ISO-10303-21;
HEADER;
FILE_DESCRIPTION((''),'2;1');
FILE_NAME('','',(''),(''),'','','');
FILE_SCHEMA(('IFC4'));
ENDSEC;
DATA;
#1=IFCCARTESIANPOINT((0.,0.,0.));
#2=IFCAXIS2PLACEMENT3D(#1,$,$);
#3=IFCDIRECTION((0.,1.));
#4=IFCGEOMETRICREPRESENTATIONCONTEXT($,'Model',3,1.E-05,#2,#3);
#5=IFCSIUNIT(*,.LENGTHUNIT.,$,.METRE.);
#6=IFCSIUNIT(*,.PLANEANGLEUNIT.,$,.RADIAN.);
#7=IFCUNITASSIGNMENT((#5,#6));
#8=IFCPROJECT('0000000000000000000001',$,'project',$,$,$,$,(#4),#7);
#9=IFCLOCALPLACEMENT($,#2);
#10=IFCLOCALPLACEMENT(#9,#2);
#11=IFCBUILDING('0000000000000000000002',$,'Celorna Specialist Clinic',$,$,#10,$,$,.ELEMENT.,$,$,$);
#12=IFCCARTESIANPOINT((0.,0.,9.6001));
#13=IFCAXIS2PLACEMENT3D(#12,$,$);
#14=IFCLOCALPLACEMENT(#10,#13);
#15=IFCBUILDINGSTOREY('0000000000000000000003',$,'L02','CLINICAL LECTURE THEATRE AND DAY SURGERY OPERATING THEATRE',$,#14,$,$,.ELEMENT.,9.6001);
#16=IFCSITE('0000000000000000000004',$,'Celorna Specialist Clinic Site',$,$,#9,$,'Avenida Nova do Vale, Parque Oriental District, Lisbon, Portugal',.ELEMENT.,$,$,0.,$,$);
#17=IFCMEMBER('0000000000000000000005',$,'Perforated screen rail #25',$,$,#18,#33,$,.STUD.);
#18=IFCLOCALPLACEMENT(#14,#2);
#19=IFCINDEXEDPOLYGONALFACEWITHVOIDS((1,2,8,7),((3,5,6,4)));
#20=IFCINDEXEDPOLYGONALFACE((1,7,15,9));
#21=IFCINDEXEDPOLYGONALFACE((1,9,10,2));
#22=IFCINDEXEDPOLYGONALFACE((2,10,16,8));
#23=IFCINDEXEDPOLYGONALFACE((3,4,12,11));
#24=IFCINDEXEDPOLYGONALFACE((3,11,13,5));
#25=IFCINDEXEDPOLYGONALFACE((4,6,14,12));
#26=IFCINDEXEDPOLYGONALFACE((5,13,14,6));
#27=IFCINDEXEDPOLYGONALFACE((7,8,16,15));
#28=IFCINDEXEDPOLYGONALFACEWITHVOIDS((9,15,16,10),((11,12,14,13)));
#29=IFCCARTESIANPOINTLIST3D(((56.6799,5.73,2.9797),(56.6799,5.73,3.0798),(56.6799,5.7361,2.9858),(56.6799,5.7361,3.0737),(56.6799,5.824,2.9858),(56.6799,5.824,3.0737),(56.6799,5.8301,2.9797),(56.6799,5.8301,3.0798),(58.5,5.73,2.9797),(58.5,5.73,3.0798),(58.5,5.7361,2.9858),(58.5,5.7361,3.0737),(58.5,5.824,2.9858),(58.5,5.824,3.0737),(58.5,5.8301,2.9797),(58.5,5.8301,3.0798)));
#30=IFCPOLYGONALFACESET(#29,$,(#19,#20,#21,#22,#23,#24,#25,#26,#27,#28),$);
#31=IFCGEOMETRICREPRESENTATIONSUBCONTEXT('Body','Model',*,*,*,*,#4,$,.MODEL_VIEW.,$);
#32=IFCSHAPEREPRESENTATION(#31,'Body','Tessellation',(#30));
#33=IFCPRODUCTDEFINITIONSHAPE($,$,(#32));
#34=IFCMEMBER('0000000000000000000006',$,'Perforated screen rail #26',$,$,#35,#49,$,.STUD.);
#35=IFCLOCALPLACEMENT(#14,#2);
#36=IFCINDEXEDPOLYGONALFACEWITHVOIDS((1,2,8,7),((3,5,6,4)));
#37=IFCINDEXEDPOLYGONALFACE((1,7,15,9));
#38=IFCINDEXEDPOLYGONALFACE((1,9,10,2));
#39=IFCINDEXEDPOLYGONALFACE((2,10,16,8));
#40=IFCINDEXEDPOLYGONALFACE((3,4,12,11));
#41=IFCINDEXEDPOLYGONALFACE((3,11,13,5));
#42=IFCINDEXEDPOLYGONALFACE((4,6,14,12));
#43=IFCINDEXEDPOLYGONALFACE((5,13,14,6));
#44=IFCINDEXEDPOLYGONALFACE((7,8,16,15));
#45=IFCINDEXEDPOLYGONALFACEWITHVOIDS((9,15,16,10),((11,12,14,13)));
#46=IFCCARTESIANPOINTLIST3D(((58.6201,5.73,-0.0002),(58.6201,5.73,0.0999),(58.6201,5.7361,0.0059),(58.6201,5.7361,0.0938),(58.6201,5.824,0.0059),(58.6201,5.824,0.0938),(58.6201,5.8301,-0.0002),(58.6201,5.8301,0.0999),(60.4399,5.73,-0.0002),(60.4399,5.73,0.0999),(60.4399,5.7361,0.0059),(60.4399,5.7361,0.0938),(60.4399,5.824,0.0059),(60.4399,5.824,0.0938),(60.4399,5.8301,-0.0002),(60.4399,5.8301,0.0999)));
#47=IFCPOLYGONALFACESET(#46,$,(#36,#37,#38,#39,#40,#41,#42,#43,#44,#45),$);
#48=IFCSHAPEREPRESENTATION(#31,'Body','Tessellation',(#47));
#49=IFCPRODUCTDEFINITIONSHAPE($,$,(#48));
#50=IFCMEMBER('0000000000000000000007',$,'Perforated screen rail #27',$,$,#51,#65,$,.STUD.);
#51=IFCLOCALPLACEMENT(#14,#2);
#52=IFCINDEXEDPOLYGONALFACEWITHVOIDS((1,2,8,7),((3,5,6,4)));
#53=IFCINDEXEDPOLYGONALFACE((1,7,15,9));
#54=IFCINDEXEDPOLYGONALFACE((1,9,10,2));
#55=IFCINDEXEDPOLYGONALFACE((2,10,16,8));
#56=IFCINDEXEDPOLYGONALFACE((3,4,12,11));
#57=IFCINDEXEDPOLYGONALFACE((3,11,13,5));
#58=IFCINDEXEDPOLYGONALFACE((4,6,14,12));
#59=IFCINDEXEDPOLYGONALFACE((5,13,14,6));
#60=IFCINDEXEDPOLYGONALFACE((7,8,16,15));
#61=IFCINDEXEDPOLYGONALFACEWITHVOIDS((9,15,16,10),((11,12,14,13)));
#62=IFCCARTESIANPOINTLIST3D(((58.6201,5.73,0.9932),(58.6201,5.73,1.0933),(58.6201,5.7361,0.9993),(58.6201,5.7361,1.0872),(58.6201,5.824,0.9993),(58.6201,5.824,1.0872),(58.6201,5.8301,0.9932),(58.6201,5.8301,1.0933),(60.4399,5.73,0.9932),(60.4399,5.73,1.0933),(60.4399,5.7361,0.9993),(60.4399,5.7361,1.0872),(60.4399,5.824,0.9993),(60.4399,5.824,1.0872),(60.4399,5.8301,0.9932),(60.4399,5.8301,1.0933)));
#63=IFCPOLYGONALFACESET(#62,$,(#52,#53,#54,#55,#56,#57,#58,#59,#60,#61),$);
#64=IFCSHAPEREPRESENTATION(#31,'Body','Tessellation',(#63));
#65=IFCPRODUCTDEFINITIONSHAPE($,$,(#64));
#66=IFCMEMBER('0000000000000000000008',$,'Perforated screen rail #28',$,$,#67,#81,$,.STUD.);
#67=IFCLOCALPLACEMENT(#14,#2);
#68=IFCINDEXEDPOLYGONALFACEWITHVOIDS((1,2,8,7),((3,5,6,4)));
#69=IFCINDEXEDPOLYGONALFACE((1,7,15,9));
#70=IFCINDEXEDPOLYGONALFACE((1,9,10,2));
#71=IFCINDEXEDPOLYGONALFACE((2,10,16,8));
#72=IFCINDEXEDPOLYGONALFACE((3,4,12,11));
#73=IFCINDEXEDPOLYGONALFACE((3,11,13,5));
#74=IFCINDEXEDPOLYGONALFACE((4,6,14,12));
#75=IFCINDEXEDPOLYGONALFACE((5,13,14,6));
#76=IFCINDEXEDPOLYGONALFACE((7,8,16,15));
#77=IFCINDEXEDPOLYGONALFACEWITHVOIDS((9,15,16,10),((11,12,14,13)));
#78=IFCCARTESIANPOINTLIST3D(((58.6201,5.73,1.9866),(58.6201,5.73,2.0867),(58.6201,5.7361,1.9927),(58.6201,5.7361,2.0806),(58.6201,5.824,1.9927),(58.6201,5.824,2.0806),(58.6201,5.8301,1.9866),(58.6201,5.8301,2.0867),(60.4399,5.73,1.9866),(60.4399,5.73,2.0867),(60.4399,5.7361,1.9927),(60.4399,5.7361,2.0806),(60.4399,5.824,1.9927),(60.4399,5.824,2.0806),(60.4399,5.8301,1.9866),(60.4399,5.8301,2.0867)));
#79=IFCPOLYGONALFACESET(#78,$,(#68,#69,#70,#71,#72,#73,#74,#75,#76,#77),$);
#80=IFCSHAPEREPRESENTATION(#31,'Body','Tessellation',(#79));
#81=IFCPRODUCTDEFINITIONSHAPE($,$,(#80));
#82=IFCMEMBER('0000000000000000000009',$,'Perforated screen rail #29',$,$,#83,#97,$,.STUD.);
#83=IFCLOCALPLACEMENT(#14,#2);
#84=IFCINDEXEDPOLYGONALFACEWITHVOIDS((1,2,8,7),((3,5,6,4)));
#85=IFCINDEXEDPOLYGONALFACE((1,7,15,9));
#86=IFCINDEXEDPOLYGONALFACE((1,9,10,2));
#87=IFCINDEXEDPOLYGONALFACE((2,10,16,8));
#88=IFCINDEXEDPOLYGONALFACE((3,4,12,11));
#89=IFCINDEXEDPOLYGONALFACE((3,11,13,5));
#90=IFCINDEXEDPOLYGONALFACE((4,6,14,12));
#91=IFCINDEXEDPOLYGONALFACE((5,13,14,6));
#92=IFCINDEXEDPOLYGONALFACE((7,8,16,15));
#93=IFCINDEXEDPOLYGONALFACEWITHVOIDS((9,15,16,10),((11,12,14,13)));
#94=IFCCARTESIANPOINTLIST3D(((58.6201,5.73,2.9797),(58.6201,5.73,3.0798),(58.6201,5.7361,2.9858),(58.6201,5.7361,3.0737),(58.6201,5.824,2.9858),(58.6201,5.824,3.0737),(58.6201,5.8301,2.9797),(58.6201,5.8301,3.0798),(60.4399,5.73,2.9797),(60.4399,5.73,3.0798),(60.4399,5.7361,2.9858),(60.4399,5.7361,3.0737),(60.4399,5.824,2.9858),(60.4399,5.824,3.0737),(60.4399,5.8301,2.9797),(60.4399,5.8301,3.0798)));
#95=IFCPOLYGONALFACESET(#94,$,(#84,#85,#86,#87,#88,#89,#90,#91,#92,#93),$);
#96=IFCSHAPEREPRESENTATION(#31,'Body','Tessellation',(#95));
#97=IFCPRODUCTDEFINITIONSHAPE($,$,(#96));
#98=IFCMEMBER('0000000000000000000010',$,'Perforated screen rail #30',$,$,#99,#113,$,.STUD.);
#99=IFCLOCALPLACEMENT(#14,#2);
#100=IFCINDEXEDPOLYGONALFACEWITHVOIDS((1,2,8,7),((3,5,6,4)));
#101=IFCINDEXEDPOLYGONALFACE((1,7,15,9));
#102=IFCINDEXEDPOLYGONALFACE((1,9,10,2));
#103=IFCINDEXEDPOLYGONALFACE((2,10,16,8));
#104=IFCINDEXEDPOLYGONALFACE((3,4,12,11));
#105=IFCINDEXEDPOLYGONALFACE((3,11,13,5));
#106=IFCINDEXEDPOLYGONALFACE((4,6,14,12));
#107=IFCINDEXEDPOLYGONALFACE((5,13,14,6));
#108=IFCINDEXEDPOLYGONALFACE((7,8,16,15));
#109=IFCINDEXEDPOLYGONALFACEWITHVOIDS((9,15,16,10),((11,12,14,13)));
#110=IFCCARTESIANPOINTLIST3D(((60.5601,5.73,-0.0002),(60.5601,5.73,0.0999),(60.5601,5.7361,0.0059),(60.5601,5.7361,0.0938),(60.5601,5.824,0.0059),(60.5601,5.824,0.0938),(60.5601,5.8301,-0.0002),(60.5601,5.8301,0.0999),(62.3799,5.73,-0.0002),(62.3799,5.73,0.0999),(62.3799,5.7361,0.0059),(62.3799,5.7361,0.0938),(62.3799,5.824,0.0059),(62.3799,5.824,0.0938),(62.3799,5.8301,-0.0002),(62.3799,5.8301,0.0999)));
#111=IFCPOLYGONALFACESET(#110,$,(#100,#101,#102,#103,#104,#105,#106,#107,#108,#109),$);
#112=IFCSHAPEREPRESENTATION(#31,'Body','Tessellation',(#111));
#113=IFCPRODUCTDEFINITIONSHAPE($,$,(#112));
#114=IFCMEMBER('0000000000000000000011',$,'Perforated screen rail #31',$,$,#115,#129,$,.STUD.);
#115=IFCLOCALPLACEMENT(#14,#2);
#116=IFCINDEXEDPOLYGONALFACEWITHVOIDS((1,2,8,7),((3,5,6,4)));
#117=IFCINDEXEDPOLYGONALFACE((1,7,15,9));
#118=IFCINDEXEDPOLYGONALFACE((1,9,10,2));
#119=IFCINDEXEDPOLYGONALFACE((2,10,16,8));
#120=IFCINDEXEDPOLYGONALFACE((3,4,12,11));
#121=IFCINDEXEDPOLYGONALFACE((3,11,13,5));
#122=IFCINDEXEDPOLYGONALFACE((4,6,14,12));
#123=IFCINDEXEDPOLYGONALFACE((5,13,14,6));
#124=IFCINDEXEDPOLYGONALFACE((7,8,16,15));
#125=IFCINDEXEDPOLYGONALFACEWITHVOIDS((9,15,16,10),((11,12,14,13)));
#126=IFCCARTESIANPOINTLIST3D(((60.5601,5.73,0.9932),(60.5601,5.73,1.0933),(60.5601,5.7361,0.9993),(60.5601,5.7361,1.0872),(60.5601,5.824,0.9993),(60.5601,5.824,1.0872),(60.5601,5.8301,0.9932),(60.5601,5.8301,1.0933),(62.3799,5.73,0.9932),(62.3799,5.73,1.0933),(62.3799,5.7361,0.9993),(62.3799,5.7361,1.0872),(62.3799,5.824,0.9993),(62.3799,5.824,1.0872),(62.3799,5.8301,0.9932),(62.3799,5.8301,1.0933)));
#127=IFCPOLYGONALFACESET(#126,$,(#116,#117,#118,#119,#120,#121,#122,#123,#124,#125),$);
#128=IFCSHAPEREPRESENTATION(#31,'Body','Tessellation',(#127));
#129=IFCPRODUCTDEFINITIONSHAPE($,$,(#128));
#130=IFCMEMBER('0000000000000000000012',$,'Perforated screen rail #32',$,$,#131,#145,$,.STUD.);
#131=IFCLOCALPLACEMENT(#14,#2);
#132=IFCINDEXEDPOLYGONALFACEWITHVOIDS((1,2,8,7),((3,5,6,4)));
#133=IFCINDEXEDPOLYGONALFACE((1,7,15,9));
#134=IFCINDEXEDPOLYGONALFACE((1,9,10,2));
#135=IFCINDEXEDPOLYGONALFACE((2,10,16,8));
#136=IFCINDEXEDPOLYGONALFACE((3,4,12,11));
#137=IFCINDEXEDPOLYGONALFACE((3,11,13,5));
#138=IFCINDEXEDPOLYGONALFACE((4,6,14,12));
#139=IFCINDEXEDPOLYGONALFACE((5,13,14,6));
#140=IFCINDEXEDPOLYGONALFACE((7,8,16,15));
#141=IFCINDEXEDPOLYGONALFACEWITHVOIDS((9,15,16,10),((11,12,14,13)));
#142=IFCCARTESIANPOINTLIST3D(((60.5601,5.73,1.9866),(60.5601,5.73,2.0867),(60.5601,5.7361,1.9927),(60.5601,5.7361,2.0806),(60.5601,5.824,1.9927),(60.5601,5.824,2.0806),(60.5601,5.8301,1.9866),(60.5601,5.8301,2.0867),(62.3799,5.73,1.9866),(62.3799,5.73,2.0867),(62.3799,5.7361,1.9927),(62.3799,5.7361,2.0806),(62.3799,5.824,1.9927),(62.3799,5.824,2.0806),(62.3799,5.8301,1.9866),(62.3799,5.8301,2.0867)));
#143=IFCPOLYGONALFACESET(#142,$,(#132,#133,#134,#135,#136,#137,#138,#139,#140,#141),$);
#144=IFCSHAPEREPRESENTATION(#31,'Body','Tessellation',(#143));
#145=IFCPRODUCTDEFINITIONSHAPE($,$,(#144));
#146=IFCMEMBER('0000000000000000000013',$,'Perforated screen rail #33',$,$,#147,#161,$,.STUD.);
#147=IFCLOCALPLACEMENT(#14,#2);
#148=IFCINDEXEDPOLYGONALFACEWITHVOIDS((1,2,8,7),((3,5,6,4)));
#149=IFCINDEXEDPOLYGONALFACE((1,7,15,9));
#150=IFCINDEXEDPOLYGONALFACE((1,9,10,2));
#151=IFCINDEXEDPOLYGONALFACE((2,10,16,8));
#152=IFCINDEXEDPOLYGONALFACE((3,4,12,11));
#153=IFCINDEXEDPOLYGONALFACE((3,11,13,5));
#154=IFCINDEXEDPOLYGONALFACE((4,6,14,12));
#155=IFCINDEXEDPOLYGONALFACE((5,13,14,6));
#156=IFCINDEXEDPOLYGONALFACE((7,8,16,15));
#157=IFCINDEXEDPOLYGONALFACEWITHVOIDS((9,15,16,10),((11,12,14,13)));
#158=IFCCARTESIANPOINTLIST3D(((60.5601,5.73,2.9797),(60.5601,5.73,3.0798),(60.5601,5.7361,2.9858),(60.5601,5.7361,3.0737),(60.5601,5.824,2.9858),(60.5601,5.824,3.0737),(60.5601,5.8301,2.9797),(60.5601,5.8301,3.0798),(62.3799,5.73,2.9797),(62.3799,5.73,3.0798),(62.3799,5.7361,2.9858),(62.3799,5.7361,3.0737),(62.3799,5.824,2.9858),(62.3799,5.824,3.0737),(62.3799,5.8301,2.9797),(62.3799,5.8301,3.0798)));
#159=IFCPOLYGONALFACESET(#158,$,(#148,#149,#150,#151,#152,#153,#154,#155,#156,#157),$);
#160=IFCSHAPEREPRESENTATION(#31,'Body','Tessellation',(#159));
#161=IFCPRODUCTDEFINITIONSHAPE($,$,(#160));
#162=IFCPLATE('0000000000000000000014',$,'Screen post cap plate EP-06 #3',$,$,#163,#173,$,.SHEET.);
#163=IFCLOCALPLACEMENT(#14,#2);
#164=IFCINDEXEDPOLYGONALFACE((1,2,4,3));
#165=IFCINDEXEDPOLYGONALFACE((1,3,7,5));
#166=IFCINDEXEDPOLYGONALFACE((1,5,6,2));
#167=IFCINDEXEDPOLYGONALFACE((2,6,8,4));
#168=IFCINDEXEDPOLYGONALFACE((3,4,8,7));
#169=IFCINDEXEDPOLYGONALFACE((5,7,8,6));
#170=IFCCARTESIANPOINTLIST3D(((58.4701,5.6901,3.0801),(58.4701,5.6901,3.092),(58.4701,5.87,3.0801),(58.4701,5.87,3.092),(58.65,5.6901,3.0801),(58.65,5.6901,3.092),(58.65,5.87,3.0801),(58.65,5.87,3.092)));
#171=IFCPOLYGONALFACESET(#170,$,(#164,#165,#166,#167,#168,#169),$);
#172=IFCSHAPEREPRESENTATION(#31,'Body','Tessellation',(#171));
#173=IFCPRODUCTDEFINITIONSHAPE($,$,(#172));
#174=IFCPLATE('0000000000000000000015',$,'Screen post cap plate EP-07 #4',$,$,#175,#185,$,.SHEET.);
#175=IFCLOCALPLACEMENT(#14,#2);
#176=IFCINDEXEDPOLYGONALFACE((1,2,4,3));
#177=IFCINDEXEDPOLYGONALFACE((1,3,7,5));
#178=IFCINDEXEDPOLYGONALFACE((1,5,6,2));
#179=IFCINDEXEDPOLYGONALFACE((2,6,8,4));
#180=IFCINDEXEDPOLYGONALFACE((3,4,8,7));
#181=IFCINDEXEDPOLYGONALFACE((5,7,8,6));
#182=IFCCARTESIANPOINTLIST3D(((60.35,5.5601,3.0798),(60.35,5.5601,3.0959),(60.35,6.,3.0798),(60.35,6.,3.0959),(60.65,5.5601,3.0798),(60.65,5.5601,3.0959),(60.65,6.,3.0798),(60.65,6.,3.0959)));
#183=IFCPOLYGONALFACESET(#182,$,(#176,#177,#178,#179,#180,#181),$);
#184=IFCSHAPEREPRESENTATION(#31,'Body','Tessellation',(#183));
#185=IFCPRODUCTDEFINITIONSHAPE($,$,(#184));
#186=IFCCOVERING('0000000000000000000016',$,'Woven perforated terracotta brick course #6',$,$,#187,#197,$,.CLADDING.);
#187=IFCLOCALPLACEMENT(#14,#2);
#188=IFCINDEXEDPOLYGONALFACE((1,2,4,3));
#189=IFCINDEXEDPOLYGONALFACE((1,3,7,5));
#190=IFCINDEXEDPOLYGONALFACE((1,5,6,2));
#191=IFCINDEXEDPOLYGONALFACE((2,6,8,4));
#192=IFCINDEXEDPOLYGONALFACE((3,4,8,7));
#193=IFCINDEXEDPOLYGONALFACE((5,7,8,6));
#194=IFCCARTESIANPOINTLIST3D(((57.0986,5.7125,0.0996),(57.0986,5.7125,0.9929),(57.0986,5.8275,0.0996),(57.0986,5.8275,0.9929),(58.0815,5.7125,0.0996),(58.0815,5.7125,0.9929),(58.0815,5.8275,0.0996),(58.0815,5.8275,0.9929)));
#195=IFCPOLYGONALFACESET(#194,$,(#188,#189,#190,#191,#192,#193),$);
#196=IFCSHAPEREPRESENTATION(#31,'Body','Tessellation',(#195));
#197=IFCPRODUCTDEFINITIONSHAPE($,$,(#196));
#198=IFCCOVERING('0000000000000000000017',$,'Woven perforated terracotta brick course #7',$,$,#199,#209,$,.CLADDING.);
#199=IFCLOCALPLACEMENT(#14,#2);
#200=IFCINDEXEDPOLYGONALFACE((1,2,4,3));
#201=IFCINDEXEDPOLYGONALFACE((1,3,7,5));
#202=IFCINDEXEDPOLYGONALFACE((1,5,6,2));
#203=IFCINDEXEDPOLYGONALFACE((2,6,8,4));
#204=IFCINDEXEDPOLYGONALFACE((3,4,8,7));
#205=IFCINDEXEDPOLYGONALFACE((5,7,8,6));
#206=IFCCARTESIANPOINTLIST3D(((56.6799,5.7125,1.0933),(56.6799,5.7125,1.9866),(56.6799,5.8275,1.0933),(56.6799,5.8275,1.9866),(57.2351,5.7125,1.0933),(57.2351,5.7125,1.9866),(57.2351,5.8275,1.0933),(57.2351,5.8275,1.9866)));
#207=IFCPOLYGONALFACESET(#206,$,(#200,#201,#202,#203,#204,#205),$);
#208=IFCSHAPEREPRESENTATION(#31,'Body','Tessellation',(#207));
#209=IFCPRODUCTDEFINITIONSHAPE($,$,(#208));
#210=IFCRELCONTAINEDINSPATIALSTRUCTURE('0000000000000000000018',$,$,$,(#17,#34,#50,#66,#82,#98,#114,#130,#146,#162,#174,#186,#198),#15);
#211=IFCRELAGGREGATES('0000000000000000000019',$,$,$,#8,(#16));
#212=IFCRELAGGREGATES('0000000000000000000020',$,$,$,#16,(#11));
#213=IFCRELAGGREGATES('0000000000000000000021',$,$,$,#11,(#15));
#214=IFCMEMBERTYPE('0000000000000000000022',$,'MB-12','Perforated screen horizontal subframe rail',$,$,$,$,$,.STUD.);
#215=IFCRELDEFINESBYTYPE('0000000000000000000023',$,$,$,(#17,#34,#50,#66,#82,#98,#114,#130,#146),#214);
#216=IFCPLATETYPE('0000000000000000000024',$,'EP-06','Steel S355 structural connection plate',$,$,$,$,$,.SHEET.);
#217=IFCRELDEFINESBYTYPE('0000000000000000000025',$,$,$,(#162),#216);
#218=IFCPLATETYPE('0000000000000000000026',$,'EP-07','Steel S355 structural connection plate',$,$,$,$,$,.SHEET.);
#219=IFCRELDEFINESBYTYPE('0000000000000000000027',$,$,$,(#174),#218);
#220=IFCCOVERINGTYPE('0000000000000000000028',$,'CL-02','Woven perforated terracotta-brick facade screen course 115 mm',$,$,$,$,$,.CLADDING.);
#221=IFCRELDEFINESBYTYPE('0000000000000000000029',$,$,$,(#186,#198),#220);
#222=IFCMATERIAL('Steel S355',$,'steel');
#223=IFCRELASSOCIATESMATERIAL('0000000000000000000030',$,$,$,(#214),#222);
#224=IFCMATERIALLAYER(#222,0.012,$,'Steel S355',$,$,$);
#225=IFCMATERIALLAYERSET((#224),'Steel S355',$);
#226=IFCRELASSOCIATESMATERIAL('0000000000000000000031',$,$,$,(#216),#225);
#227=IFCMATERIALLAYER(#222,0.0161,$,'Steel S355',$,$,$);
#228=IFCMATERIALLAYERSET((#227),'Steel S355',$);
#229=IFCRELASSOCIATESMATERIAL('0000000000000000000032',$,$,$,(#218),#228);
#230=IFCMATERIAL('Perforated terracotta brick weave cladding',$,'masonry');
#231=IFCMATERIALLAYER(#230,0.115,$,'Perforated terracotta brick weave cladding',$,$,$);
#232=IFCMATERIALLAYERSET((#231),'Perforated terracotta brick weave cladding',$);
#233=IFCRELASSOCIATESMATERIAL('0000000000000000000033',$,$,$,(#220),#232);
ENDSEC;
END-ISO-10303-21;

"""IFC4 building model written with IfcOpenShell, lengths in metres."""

from ifc_helpers import new_model, si_unit, direction, frame, origin, origin_2d, place, context, subcontext, project, spatial, rectangle, hollow_rectangle, extrude, material, layer, layer_set, material_profile, profile_set, type_object, element, save


model = new_model("IFC4")

# Units and contexts
model_context = context("Model", 3, precision=1e-05, world=origin(), true_north=direction((0.0, 1.0)))
body_context = subcontext(model_context, "Body", "Model", "MODEL_VIEW")
ifc_project = project(units=[si_unit("LENGTHUNIT", "METRE"), si_unit("PLANEANGLEUNIT", "RADIAN")], contexts=[model_context])

# Site, building, storey
site_placement = place(None, origin())
site = spatial("IfcSite", under=ifc_project, at=site_placement, Name="Celorna Specialist Clinic Site", LongName="Avenida Nova do Vale, Parque Oriental District, Lisbon, Portugal", CompositionType="ELEMENT", RefElevation=0.0)
building_placement = place(site_placement, origin())
building = spatial("IfcBuilding", under=site, at=building_placement, Name="Celorna Specialist Clinic", CompositionType="ELEMENT")
storey_placement = place(building_placement, frame((0.0, 0.0, 9.6001)))
storey = spatial("IfcBuildingStorey", under=building, at=storey_placement, Name="L02", Description="CLINICAL LECTURE THEATRE AND DAY SURGERY OPERATING THEATRE", CompositionType="ELEMENT", Elevation=9.6001)

# Shared definitions
ifc_material_1 = material(Name="Steel S355", Category="steel")

# Members
ifc_material_profile_1 = material_profile(ifc_material_1, hollow_rectangle(XDim=0.1001, YDim=0.1001, WallThickness=0.0061, at=origin_2d()), Name="SHS 100x100x6")
ifc_profile_set_1 = profile_set([ifc_material_profile_1], Name="Steel S355")
member_type_1 = type_object("IfcMemberType", Name="MB-12", Description="Perforated screen horizontal subframe rail", PredefinedType="STUD", material=ifc_profile_set_1)
member_placement = place(storey_placement, frame((56.6799, 5.78, 3.0298), z_axis=(1.0, 0.0, 0.0), x_axis=(0.0, 1.0, 0.0)))
element("IfcMember", 1, at=member_placement, inside=storey, type_object=member_type_1, Name="Perforated screen rail #25", PredefinedType="STUD", context=body_context, shape_type="SweptSolid", body=[
    extrude(hollow_rectangle(XDim=0.1001, YDim=0.1001, WallThickness=0.0061, at=origin_2d()), origin(), (0.0, 0.0, 1.0), 1.8201),
])
for number, where, z_axis, x_axis, name in (
    (2, (58.6201, 5.78, 0.0498), (1.0, 0.0, 0.0), (0.0, 1.0, 0.0), "Perforated screen rail #26"),
    (3, (58.6201, 5.78, 1.0432), (1.0, 0.0, 0.0), (0.0, 1.0, 0.0), "Perforated screen rail #27"),
    (4, (58.6201, 5.78, 2.0366), (1.0, 0.0, 0.0), (0.0, 1.0, 0.0), "Perforated screen rail #28"),
    (5, (58.6201, 5.78, 3.0298), (1.0, 0.0, 0.0), (0.0, 1.0, 0.0), "Perforated screen rail #29"),
    (6, (60.5601, 5.78, 0.0498), (1.0, 0.0, 0.0), (0.0, 1.0, 0.0), "Perforated screen rail #30"),
    (7, (60.5601, 5.78, 1.0432), (1.0, 0.0, 0.0), (0.0, 1.0, 0.0), "Perforated screen rail #31"),
    (8, (60.5601, 5.78, 2.0366), (1.0, 0.0, 0.0), (0.0, 1.0, 0.0), "Perforated screen rail #32"),
    (9, (60.5601, 5.78, 3.0298), (1.0, 0.0, 0.0), (0.0, 1.0, 0.0), "Perforated screen rail #33"),
):
    element("IfcMember", number, at=place(storey_placement, frame(where, z_axis=z_axis, x_axis=x_axis)), inside=storey, type_object=member_type_1, Name=name, PredefinedType="STUD", context=body_context, shape_type="SweptSolid", body=[
        extrude(hollow_rectangle(XDim=0.1001, YDim=0.1001, WallThickness=0.0061, at=origin_2d()), origin(), (0.0, 0.0, 1.0), 1.8198),
    ])

# Plates
ifc_layer_1 = layer(ifc_material_1, 0.012, Name="Steel S355")
ifc_layer_set_1 = layer_set([ifc_layer_1], Name="Steel S355")
plate_type_1 = type_object("IfcPlateType", Name="EP-06", Description="Steel S355 structural connection plate", PredefinedType="SHEET", material=ifc_layer_set_1)
plate_1_placement = place(storey_placement, frame((58.5601, 5.78, 3.0801), z_axis=(0.0, 0.0, 1.0), x_axis=(1.0, 0.0, 0.0)))
element("IfcPlate", 10, at=plate_1_placement, inside=storey, type_object=plate_type_1, Name="Screen post cap plate EP-06 #3", PredefinedType="SHEET", context=body_context, shape_type="SweptSolid", body=[
    extrude(rectangle(XDim=0.1799, YDim=0.1799, at=origin_2d()), origin(), (0.0, 0.0, 1.0), 0.012),
])
ifc_layer_2 = layer(ifc_material_1, 0.0161, Name="Steel S355")
ifc_layer_set_2 = layer_set([ifc_layer_2], Name="Steel S355")
plate_type_2 = type_object("IfcPlateType", Name="EP-07", Description="Steel S355 structural connection plate", PredefinedType="SHEET", material=ifc_layer_set_2)
plate_2_placement = place(storey_placement, frame((60.5, 5.78, 3.0798), z_axis=(0.0, 0.0, 1.0), x_axis=(1.0, 0.0, 0.0)))
element("IfcPlate", 11, at=plate_2_placement, inside=storey, type_object=plate_type_2, Name="Screen post cap plate EP-07 #4", PredefinedType="SHEET", context=body_context, shape_type="SweptSolid", body=[
    extrude(rectangle(XDim=0.3, YDim=0.4399, at=origin_2d()), origin(), (0.0, 0.0, 1.0), 0.0161),
])

# Coverings
ifc_material_2 = material(Name="Perforated terracotta brick weave cladding", Category="masonry")
ifc_layer_3 = layer(ifc_material_2, 0.115, Name="Perforated terracotta brick weave cladding")
ifc_layer_set_3 = layer_set([ifc_layer_3], Name="Perforated terracotta brick weave cladding")
covering_type = type_object("IfcCoveringType", Name="CL-02", Description="Woven perforated terracotta-brick facade screen course 115 mm", PredefinedType="CLADDING", material=ifc_layer_set_3)
covering_1_placement = place(storey_placement, frame((57.5901, 5.77, 0.0996), z_axis=(0.0, 0.0, 1.0), x_axis=(1.0, 0.0, 0.0)))
element("IfcCovering", 12, at=covering_1_placement, inside=storey, type_object=covering_type, Name="Woven perforated terracotta brick course #6", PredefinedType="CLADDING", context=body_context, shape_type="SweptSolid", body=[
    extrude(rectangle(XDim=0.9829, YDim=0.115, at=origin_2d()), origin(), (0.0, 0.0, 1.0), 0.8933),
])
for number, where, z_axis, x_axis, name in (
    (13, (56.9575, 5.77, 1.0933), (0.0, 0.0, 1.0), (1.0, 0.0, 0.0), "Woven perforated terracotta brick course #7"),
):
    element("IfcCovering", number, at=place(storey_placement, frame(where, z_axis=z_axis, x_axis=x_axis)), inside=storey, type_object=covering_type, Name=name, PredefinedType="CLADDING", context=body_context, shape_type="SweptSolid", body=[
        extrude(rectangle(XDim=0.5552, YDim=0.115, at=origin_2d()), origin(), (0.0, 0.0, 1.0), 0.8933),
    ])

save(model, "model.ifc")
